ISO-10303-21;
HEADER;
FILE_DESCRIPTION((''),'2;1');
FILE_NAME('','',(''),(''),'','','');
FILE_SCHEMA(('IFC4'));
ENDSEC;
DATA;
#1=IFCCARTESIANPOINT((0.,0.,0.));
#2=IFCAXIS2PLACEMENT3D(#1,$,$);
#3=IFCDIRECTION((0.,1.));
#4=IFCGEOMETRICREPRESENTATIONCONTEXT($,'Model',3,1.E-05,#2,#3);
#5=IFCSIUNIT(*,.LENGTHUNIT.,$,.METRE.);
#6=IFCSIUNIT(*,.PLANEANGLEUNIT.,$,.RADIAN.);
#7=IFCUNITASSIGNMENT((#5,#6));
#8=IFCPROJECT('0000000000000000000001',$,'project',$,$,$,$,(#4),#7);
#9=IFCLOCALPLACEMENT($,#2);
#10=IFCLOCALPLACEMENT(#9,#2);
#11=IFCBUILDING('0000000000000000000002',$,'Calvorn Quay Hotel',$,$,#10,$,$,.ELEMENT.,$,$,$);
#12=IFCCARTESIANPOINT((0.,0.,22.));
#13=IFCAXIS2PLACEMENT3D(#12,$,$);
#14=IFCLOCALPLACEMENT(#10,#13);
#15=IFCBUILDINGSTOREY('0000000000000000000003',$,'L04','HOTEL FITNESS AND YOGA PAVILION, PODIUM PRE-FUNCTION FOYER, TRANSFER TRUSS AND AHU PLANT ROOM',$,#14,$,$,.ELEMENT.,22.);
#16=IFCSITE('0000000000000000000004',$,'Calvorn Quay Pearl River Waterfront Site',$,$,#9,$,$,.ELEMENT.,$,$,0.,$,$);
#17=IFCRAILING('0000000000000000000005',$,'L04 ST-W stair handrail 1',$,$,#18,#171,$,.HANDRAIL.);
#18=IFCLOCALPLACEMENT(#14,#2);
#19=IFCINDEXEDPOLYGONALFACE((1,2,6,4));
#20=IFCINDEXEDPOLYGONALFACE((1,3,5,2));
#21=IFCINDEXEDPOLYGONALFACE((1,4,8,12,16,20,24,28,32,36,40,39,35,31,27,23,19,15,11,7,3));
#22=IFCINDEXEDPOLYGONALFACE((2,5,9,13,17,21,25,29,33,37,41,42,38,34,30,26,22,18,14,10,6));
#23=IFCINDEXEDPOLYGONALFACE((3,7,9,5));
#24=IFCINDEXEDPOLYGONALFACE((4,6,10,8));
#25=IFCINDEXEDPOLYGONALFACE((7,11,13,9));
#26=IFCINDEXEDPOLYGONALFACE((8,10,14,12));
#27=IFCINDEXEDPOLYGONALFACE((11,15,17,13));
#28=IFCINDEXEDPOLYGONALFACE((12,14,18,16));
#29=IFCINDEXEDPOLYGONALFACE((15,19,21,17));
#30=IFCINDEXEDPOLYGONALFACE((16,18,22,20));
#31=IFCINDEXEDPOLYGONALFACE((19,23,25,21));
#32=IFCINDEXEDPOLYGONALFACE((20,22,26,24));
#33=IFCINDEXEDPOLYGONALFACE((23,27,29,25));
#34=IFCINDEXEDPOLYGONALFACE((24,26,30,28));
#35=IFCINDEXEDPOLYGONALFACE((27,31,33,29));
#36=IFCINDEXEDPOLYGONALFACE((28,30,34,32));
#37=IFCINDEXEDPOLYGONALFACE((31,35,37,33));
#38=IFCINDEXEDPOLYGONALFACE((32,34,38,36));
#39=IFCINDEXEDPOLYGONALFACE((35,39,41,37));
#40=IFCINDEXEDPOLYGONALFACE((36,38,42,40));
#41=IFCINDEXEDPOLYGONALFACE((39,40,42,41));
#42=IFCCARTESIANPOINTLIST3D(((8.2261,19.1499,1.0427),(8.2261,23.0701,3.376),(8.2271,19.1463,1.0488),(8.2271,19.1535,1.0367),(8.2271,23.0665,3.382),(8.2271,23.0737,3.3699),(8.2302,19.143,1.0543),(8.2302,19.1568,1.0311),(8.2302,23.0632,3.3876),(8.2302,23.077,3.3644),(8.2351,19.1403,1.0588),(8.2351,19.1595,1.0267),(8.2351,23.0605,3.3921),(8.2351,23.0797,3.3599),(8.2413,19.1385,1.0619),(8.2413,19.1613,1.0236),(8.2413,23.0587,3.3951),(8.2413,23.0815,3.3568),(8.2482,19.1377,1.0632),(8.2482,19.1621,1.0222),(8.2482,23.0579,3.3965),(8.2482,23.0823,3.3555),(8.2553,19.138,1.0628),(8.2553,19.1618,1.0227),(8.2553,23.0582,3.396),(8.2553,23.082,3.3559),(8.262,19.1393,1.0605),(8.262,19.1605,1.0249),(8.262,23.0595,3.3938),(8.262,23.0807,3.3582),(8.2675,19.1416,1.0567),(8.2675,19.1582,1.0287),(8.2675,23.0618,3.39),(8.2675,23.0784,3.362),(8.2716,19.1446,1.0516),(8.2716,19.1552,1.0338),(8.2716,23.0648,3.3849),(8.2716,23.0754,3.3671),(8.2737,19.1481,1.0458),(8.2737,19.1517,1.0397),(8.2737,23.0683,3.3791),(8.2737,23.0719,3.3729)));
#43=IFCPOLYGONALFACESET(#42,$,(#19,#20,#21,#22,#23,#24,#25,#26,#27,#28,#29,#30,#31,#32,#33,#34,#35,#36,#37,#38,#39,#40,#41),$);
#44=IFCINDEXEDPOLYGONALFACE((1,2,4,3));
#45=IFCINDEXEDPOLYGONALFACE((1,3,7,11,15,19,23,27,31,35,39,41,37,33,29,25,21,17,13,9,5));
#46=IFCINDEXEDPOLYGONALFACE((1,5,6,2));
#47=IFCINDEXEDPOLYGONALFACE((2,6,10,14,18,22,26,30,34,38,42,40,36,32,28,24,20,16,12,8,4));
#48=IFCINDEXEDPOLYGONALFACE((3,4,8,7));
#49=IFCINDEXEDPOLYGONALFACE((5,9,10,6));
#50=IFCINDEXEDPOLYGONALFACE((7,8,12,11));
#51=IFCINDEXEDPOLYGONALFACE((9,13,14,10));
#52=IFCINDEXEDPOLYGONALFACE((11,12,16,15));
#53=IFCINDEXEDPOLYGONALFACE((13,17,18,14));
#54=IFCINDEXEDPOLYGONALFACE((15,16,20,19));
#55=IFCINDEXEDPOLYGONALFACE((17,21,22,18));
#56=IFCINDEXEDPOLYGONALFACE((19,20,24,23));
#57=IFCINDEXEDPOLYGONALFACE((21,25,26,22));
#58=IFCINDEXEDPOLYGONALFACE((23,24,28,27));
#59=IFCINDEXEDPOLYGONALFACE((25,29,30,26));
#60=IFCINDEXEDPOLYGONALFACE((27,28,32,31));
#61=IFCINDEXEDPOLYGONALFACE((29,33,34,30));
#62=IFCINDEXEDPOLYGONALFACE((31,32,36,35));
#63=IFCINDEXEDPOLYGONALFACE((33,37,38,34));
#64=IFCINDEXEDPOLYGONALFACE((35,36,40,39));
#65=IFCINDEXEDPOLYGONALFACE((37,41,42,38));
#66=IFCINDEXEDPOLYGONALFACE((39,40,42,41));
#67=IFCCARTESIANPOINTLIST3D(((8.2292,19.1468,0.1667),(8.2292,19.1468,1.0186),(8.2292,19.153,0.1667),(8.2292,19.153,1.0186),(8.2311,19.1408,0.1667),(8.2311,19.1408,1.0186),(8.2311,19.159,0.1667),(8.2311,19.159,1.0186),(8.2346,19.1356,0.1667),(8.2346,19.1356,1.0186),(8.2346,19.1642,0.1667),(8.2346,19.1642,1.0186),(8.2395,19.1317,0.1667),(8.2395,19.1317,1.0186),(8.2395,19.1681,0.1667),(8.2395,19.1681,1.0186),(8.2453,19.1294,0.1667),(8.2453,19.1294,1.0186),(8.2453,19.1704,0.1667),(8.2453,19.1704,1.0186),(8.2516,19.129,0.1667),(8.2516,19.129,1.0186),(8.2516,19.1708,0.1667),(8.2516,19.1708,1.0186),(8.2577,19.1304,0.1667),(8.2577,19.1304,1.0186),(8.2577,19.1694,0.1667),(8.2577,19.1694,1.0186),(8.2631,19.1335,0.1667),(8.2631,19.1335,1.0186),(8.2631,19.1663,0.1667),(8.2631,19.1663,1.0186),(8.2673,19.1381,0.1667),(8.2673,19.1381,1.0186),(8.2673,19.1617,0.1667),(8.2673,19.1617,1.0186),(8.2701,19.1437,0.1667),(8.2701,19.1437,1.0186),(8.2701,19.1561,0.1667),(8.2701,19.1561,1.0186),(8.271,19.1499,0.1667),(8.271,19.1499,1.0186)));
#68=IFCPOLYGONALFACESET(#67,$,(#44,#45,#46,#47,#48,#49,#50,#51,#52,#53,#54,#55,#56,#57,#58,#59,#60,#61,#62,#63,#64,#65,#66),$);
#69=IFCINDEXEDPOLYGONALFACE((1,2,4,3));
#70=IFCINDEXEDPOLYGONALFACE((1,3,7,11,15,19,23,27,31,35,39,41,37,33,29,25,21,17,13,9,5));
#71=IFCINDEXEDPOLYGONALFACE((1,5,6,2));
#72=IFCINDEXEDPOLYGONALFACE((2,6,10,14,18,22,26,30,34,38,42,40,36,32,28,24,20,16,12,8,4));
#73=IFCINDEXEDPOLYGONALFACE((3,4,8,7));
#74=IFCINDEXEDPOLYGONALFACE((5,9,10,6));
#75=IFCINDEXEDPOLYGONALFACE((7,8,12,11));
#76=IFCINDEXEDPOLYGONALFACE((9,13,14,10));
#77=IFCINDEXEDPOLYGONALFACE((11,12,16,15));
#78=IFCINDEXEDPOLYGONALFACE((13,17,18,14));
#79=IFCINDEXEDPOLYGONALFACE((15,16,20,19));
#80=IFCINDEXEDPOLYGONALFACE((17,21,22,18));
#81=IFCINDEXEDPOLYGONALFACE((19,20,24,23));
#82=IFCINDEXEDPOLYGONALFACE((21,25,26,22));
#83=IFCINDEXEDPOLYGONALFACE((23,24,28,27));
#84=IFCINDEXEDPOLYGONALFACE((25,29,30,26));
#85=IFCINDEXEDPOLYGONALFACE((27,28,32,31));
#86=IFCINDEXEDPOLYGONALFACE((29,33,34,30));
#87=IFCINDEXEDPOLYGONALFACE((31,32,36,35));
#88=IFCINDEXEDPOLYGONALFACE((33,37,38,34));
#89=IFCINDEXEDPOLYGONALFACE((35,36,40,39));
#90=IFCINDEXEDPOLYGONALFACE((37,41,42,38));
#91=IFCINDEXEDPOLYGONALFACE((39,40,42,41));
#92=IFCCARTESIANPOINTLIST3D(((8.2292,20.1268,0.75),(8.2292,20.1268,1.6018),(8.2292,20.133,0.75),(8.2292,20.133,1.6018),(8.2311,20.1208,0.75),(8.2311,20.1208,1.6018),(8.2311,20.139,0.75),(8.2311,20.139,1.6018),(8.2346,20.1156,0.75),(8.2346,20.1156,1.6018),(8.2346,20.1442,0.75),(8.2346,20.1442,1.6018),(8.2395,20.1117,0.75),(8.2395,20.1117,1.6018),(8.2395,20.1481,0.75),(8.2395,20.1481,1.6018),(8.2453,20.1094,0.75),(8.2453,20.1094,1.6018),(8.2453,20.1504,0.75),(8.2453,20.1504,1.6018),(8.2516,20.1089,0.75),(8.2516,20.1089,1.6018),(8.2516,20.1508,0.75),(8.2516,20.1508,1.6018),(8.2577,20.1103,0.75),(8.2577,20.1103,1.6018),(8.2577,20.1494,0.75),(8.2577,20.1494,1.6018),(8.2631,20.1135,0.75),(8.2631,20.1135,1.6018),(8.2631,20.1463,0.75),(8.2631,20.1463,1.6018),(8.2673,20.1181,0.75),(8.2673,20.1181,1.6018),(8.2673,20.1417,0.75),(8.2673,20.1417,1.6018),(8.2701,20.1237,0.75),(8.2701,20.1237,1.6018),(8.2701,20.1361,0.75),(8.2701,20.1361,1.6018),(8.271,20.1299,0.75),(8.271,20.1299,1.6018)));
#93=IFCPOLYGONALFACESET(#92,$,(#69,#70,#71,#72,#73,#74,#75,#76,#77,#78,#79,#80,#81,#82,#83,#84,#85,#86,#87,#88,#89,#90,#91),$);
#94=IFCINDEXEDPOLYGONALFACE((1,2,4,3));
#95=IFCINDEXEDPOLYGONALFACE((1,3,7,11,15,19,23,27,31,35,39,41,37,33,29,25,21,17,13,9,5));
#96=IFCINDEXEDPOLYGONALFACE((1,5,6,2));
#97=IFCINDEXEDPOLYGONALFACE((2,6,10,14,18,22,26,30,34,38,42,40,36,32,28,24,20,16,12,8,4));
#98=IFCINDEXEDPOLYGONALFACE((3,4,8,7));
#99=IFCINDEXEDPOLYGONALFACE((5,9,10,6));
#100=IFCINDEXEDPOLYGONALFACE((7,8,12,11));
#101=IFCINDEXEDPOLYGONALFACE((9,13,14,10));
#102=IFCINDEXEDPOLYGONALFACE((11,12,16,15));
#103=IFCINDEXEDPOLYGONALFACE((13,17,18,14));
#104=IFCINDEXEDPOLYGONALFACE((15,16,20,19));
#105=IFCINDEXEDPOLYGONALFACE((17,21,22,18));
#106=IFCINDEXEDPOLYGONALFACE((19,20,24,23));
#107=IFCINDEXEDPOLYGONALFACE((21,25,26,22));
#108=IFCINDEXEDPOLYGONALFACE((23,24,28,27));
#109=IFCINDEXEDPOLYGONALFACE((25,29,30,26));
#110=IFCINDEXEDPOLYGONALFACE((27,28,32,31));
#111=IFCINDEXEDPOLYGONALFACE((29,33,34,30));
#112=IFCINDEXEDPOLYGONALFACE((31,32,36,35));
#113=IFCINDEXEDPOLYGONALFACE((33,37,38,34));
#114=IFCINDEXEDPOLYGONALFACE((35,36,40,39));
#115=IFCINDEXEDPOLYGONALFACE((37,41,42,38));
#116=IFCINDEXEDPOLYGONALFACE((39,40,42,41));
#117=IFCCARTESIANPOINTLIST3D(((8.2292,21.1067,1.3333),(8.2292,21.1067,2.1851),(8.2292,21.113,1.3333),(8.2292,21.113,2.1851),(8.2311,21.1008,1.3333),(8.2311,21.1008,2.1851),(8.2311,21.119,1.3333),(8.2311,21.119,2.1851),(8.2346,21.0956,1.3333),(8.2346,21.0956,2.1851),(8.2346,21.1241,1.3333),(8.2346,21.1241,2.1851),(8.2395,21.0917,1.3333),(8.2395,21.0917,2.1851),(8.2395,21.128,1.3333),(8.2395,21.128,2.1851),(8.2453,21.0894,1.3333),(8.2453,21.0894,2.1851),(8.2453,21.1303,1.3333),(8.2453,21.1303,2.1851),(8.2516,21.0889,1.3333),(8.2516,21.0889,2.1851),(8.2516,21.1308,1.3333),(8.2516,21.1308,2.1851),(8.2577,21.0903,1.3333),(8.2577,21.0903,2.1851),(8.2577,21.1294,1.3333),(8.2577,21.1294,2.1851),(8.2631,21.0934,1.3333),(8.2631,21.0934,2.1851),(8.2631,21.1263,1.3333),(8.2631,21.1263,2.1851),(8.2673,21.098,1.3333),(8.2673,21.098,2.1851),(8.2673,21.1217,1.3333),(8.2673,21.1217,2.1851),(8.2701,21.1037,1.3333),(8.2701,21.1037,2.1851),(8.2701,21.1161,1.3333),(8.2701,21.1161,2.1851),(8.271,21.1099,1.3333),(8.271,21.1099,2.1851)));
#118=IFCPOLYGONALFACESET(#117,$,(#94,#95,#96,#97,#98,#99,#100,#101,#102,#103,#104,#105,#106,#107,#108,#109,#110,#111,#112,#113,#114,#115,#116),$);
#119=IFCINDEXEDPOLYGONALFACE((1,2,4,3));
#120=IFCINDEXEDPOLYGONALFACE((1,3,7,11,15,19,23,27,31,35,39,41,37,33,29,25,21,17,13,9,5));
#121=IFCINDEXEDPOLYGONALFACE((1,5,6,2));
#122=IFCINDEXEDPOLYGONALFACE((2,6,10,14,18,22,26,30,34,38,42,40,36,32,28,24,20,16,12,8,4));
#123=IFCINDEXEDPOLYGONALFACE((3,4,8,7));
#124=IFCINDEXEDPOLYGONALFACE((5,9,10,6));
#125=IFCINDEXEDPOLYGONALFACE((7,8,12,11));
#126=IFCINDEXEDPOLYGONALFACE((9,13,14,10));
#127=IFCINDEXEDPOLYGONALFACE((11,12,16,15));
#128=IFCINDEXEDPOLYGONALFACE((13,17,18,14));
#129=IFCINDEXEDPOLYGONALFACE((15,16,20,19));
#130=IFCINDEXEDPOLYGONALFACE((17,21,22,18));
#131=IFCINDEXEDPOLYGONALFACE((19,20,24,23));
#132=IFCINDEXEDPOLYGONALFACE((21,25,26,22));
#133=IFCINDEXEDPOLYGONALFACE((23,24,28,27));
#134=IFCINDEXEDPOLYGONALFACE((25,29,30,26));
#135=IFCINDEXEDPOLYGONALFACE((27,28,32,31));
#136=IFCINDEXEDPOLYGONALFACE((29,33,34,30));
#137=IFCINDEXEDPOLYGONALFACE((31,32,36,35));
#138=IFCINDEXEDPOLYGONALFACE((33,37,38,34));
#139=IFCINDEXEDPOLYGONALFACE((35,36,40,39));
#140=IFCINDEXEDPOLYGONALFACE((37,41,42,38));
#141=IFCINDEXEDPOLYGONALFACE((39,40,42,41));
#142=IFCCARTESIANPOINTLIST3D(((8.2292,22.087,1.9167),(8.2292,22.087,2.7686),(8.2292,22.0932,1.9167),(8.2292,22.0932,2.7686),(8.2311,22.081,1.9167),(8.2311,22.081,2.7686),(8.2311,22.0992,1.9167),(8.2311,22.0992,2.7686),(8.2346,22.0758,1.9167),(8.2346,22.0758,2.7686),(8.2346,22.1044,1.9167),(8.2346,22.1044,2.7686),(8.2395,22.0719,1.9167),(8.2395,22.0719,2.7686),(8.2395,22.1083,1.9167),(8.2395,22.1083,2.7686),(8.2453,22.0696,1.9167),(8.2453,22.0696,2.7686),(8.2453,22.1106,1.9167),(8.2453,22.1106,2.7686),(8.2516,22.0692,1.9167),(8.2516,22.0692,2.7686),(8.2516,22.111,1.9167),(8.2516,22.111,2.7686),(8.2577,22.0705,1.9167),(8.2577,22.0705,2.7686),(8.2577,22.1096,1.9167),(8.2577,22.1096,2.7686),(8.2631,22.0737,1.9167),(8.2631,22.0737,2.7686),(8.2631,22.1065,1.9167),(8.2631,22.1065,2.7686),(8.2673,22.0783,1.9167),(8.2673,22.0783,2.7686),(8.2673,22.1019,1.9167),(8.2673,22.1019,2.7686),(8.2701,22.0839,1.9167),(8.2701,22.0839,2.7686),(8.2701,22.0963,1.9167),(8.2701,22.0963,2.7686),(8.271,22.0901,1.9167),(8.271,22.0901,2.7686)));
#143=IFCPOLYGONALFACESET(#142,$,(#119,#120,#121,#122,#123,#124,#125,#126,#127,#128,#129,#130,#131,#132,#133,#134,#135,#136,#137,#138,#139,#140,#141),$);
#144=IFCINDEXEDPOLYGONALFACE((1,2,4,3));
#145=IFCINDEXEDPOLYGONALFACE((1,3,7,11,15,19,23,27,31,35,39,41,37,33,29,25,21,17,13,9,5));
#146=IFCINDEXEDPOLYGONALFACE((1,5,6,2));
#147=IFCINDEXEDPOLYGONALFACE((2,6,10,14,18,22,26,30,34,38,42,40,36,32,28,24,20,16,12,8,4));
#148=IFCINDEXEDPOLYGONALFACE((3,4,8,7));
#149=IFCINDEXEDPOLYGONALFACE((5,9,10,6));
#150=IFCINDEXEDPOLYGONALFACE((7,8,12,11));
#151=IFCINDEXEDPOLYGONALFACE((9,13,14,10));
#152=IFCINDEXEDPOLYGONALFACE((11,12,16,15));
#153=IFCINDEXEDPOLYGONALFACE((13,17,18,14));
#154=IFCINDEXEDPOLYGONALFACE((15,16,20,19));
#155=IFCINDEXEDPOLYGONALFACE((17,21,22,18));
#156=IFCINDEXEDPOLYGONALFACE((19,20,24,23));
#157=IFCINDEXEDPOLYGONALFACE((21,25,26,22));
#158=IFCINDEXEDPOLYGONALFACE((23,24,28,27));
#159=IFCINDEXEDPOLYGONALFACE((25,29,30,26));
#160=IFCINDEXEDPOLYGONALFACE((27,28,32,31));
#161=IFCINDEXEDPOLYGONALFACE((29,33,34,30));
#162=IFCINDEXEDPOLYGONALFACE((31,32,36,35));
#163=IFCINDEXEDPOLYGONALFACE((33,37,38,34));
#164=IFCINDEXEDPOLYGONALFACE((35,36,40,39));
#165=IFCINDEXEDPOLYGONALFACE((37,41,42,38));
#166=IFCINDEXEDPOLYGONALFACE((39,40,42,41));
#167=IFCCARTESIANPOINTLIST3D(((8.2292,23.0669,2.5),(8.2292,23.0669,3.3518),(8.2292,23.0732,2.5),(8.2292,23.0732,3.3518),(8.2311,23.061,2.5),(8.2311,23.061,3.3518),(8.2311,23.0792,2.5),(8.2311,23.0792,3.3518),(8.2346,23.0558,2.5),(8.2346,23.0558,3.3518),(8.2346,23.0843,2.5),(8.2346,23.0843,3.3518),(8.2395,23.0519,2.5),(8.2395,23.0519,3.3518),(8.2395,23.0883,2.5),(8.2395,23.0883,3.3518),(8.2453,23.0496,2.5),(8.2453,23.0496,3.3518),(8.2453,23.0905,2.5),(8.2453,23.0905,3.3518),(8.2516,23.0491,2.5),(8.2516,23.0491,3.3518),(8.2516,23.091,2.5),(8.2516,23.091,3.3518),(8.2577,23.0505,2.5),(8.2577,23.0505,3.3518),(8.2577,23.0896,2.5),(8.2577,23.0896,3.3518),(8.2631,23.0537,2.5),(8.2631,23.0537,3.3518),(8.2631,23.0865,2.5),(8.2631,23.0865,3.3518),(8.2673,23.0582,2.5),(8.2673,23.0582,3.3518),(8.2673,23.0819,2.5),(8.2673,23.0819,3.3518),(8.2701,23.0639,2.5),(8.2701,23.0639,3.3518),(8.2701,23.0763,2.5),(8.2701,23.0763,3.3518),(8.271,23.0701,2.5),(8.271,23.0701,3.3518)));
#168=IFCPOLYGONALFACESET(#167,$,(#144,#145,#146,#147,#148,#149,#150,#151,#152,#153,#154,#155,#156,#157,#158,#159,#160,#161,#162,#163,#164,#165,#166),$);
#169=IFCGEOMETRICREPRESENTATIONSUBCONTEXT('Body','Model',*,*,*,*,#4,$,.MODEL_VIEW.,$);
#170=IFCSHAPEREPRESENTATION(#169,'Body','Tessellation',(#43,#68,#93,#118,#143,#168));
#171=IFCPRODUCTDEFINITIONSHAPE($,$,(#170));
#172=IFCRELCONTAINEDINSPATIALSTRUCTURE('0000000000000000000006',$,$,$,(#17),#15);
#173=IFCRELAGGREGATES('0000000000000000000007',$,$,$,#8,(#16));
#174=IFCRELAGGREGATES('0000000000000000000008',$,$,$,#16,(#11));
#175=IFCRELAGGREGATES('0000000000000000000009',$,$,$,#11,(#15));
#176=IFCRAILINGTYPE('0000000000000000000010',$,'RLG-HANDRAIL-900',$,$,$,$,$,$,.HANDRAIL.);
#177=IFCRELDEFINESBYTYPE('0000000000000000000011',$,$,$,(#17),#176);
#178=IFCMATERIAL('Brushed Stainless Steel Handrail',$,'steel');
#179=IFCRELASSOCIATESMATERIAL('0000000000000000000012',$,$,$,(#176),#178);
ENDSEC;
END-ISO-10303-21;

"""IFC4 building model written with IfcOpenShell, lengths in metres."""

from ifc_helpers import new_model, si_unit, direction, frame, origin, origin_2d, place, context, subcontext, project, spatial, circle, extrude, material, type_object, element, save


model = new_model("IFC4")

# Units and contexts
model_context = context("Model", 3, precision=1e-05, world=origin(), true_north=direction((0.0, 1.0)))
body_context = subcontext(model_context, "Body", "Model", "MODEL_VIEW")
ifc_project = project(units=[si_unit("LENGTHUNIT", "METRE"), si_unit("PLANEANGLEUNIT", "RADIAN")], contexts=[model_context])

# Site, building, storey
site_placement = place(None, origin())
site = spatial("IfcSite", under=ifc_project, at=site_placement, Name="Calvorn Quay Pearl River Waterfront Site", CompositionType="ELEMENT", RefElevation=0.0)
building_placement = place(site_placement, origin())
building = spatial("IfcBuilding", under=site, at=building_placement, Name="Calvorn Quay Hotel", CompositionType="ELEMENT")
storey_placement = place(building_placement, frame((0.0, 0.0, 22.0)))
storey = spatial("IfcBuildingStorey", under=building, at=storey_placement, Name="L04", Description="HOTEL FITNESS AND YOGA PAVILION, PODIUM PRE-FUNCTION FOYER, TRANSFER TRUSS AND AHU PLANT ROOM", CompositionType="ELEMENT", Elevation=22.0)

# Railing
ifc_material_1 = material(Name="Brushed Stainless Steel Handrail", Category="steel")
railing_type_1 = type_object("IfcRailingType", Name="RLG-HANDRAIL-900", PredefinedType="HANDRAIL", material=ifc_material_1)
railing_1_placement = place(storey_placement, frame((8.25, 19.1499, 0.1667)))
element("IfcRailing", 1, at=railing_1_placement, inside=storey, type_object=railing_type_1, Name="L04 ST-W stair handrail 1", PredefinedType="HANDRAIL", context=body_context, shape_type="SweptSolid", body=[
    extrude(circle(Radius=0.0239, at=origin_2d()), frame((0.0, 0.0, 0.876), z_axis=(0.0, 0.85931, 0.511455), x_axis=(-1.0, 0.0, 0.0)), (0.0, 0.0, 1.0), 4.562),
    extrude(circle(Radius=0.021, at=origin_2d()), origin(), (0.0, 0.0, 1.0), 0.8518),
    extrude(circle(Radius=0.021, at=origin_2d()), frame((0.0, 0.98, 0.5833)), (0.0, 0.0, 1.0), 0.8518),
    extrude(circle(Radius=0.021, at=origin_2d()), frame((0.0, 1.96, 1.1665)), (0.0, 0.0, 1.0), 0.8518),
    extrude(circle(Radius=0.021, at=origin_2d()), frame((0.0, 2.9402, 1.75)), (0.0, 0.0, 1.0), 0.8518),
    extrude(circle(Radius=0.021, at=origin_2d()), frame((0.0, 3.9202, 2.3333)), (0.0, 0.0, 1.0), 0.8518),
])

save(model, "model.ifc")
